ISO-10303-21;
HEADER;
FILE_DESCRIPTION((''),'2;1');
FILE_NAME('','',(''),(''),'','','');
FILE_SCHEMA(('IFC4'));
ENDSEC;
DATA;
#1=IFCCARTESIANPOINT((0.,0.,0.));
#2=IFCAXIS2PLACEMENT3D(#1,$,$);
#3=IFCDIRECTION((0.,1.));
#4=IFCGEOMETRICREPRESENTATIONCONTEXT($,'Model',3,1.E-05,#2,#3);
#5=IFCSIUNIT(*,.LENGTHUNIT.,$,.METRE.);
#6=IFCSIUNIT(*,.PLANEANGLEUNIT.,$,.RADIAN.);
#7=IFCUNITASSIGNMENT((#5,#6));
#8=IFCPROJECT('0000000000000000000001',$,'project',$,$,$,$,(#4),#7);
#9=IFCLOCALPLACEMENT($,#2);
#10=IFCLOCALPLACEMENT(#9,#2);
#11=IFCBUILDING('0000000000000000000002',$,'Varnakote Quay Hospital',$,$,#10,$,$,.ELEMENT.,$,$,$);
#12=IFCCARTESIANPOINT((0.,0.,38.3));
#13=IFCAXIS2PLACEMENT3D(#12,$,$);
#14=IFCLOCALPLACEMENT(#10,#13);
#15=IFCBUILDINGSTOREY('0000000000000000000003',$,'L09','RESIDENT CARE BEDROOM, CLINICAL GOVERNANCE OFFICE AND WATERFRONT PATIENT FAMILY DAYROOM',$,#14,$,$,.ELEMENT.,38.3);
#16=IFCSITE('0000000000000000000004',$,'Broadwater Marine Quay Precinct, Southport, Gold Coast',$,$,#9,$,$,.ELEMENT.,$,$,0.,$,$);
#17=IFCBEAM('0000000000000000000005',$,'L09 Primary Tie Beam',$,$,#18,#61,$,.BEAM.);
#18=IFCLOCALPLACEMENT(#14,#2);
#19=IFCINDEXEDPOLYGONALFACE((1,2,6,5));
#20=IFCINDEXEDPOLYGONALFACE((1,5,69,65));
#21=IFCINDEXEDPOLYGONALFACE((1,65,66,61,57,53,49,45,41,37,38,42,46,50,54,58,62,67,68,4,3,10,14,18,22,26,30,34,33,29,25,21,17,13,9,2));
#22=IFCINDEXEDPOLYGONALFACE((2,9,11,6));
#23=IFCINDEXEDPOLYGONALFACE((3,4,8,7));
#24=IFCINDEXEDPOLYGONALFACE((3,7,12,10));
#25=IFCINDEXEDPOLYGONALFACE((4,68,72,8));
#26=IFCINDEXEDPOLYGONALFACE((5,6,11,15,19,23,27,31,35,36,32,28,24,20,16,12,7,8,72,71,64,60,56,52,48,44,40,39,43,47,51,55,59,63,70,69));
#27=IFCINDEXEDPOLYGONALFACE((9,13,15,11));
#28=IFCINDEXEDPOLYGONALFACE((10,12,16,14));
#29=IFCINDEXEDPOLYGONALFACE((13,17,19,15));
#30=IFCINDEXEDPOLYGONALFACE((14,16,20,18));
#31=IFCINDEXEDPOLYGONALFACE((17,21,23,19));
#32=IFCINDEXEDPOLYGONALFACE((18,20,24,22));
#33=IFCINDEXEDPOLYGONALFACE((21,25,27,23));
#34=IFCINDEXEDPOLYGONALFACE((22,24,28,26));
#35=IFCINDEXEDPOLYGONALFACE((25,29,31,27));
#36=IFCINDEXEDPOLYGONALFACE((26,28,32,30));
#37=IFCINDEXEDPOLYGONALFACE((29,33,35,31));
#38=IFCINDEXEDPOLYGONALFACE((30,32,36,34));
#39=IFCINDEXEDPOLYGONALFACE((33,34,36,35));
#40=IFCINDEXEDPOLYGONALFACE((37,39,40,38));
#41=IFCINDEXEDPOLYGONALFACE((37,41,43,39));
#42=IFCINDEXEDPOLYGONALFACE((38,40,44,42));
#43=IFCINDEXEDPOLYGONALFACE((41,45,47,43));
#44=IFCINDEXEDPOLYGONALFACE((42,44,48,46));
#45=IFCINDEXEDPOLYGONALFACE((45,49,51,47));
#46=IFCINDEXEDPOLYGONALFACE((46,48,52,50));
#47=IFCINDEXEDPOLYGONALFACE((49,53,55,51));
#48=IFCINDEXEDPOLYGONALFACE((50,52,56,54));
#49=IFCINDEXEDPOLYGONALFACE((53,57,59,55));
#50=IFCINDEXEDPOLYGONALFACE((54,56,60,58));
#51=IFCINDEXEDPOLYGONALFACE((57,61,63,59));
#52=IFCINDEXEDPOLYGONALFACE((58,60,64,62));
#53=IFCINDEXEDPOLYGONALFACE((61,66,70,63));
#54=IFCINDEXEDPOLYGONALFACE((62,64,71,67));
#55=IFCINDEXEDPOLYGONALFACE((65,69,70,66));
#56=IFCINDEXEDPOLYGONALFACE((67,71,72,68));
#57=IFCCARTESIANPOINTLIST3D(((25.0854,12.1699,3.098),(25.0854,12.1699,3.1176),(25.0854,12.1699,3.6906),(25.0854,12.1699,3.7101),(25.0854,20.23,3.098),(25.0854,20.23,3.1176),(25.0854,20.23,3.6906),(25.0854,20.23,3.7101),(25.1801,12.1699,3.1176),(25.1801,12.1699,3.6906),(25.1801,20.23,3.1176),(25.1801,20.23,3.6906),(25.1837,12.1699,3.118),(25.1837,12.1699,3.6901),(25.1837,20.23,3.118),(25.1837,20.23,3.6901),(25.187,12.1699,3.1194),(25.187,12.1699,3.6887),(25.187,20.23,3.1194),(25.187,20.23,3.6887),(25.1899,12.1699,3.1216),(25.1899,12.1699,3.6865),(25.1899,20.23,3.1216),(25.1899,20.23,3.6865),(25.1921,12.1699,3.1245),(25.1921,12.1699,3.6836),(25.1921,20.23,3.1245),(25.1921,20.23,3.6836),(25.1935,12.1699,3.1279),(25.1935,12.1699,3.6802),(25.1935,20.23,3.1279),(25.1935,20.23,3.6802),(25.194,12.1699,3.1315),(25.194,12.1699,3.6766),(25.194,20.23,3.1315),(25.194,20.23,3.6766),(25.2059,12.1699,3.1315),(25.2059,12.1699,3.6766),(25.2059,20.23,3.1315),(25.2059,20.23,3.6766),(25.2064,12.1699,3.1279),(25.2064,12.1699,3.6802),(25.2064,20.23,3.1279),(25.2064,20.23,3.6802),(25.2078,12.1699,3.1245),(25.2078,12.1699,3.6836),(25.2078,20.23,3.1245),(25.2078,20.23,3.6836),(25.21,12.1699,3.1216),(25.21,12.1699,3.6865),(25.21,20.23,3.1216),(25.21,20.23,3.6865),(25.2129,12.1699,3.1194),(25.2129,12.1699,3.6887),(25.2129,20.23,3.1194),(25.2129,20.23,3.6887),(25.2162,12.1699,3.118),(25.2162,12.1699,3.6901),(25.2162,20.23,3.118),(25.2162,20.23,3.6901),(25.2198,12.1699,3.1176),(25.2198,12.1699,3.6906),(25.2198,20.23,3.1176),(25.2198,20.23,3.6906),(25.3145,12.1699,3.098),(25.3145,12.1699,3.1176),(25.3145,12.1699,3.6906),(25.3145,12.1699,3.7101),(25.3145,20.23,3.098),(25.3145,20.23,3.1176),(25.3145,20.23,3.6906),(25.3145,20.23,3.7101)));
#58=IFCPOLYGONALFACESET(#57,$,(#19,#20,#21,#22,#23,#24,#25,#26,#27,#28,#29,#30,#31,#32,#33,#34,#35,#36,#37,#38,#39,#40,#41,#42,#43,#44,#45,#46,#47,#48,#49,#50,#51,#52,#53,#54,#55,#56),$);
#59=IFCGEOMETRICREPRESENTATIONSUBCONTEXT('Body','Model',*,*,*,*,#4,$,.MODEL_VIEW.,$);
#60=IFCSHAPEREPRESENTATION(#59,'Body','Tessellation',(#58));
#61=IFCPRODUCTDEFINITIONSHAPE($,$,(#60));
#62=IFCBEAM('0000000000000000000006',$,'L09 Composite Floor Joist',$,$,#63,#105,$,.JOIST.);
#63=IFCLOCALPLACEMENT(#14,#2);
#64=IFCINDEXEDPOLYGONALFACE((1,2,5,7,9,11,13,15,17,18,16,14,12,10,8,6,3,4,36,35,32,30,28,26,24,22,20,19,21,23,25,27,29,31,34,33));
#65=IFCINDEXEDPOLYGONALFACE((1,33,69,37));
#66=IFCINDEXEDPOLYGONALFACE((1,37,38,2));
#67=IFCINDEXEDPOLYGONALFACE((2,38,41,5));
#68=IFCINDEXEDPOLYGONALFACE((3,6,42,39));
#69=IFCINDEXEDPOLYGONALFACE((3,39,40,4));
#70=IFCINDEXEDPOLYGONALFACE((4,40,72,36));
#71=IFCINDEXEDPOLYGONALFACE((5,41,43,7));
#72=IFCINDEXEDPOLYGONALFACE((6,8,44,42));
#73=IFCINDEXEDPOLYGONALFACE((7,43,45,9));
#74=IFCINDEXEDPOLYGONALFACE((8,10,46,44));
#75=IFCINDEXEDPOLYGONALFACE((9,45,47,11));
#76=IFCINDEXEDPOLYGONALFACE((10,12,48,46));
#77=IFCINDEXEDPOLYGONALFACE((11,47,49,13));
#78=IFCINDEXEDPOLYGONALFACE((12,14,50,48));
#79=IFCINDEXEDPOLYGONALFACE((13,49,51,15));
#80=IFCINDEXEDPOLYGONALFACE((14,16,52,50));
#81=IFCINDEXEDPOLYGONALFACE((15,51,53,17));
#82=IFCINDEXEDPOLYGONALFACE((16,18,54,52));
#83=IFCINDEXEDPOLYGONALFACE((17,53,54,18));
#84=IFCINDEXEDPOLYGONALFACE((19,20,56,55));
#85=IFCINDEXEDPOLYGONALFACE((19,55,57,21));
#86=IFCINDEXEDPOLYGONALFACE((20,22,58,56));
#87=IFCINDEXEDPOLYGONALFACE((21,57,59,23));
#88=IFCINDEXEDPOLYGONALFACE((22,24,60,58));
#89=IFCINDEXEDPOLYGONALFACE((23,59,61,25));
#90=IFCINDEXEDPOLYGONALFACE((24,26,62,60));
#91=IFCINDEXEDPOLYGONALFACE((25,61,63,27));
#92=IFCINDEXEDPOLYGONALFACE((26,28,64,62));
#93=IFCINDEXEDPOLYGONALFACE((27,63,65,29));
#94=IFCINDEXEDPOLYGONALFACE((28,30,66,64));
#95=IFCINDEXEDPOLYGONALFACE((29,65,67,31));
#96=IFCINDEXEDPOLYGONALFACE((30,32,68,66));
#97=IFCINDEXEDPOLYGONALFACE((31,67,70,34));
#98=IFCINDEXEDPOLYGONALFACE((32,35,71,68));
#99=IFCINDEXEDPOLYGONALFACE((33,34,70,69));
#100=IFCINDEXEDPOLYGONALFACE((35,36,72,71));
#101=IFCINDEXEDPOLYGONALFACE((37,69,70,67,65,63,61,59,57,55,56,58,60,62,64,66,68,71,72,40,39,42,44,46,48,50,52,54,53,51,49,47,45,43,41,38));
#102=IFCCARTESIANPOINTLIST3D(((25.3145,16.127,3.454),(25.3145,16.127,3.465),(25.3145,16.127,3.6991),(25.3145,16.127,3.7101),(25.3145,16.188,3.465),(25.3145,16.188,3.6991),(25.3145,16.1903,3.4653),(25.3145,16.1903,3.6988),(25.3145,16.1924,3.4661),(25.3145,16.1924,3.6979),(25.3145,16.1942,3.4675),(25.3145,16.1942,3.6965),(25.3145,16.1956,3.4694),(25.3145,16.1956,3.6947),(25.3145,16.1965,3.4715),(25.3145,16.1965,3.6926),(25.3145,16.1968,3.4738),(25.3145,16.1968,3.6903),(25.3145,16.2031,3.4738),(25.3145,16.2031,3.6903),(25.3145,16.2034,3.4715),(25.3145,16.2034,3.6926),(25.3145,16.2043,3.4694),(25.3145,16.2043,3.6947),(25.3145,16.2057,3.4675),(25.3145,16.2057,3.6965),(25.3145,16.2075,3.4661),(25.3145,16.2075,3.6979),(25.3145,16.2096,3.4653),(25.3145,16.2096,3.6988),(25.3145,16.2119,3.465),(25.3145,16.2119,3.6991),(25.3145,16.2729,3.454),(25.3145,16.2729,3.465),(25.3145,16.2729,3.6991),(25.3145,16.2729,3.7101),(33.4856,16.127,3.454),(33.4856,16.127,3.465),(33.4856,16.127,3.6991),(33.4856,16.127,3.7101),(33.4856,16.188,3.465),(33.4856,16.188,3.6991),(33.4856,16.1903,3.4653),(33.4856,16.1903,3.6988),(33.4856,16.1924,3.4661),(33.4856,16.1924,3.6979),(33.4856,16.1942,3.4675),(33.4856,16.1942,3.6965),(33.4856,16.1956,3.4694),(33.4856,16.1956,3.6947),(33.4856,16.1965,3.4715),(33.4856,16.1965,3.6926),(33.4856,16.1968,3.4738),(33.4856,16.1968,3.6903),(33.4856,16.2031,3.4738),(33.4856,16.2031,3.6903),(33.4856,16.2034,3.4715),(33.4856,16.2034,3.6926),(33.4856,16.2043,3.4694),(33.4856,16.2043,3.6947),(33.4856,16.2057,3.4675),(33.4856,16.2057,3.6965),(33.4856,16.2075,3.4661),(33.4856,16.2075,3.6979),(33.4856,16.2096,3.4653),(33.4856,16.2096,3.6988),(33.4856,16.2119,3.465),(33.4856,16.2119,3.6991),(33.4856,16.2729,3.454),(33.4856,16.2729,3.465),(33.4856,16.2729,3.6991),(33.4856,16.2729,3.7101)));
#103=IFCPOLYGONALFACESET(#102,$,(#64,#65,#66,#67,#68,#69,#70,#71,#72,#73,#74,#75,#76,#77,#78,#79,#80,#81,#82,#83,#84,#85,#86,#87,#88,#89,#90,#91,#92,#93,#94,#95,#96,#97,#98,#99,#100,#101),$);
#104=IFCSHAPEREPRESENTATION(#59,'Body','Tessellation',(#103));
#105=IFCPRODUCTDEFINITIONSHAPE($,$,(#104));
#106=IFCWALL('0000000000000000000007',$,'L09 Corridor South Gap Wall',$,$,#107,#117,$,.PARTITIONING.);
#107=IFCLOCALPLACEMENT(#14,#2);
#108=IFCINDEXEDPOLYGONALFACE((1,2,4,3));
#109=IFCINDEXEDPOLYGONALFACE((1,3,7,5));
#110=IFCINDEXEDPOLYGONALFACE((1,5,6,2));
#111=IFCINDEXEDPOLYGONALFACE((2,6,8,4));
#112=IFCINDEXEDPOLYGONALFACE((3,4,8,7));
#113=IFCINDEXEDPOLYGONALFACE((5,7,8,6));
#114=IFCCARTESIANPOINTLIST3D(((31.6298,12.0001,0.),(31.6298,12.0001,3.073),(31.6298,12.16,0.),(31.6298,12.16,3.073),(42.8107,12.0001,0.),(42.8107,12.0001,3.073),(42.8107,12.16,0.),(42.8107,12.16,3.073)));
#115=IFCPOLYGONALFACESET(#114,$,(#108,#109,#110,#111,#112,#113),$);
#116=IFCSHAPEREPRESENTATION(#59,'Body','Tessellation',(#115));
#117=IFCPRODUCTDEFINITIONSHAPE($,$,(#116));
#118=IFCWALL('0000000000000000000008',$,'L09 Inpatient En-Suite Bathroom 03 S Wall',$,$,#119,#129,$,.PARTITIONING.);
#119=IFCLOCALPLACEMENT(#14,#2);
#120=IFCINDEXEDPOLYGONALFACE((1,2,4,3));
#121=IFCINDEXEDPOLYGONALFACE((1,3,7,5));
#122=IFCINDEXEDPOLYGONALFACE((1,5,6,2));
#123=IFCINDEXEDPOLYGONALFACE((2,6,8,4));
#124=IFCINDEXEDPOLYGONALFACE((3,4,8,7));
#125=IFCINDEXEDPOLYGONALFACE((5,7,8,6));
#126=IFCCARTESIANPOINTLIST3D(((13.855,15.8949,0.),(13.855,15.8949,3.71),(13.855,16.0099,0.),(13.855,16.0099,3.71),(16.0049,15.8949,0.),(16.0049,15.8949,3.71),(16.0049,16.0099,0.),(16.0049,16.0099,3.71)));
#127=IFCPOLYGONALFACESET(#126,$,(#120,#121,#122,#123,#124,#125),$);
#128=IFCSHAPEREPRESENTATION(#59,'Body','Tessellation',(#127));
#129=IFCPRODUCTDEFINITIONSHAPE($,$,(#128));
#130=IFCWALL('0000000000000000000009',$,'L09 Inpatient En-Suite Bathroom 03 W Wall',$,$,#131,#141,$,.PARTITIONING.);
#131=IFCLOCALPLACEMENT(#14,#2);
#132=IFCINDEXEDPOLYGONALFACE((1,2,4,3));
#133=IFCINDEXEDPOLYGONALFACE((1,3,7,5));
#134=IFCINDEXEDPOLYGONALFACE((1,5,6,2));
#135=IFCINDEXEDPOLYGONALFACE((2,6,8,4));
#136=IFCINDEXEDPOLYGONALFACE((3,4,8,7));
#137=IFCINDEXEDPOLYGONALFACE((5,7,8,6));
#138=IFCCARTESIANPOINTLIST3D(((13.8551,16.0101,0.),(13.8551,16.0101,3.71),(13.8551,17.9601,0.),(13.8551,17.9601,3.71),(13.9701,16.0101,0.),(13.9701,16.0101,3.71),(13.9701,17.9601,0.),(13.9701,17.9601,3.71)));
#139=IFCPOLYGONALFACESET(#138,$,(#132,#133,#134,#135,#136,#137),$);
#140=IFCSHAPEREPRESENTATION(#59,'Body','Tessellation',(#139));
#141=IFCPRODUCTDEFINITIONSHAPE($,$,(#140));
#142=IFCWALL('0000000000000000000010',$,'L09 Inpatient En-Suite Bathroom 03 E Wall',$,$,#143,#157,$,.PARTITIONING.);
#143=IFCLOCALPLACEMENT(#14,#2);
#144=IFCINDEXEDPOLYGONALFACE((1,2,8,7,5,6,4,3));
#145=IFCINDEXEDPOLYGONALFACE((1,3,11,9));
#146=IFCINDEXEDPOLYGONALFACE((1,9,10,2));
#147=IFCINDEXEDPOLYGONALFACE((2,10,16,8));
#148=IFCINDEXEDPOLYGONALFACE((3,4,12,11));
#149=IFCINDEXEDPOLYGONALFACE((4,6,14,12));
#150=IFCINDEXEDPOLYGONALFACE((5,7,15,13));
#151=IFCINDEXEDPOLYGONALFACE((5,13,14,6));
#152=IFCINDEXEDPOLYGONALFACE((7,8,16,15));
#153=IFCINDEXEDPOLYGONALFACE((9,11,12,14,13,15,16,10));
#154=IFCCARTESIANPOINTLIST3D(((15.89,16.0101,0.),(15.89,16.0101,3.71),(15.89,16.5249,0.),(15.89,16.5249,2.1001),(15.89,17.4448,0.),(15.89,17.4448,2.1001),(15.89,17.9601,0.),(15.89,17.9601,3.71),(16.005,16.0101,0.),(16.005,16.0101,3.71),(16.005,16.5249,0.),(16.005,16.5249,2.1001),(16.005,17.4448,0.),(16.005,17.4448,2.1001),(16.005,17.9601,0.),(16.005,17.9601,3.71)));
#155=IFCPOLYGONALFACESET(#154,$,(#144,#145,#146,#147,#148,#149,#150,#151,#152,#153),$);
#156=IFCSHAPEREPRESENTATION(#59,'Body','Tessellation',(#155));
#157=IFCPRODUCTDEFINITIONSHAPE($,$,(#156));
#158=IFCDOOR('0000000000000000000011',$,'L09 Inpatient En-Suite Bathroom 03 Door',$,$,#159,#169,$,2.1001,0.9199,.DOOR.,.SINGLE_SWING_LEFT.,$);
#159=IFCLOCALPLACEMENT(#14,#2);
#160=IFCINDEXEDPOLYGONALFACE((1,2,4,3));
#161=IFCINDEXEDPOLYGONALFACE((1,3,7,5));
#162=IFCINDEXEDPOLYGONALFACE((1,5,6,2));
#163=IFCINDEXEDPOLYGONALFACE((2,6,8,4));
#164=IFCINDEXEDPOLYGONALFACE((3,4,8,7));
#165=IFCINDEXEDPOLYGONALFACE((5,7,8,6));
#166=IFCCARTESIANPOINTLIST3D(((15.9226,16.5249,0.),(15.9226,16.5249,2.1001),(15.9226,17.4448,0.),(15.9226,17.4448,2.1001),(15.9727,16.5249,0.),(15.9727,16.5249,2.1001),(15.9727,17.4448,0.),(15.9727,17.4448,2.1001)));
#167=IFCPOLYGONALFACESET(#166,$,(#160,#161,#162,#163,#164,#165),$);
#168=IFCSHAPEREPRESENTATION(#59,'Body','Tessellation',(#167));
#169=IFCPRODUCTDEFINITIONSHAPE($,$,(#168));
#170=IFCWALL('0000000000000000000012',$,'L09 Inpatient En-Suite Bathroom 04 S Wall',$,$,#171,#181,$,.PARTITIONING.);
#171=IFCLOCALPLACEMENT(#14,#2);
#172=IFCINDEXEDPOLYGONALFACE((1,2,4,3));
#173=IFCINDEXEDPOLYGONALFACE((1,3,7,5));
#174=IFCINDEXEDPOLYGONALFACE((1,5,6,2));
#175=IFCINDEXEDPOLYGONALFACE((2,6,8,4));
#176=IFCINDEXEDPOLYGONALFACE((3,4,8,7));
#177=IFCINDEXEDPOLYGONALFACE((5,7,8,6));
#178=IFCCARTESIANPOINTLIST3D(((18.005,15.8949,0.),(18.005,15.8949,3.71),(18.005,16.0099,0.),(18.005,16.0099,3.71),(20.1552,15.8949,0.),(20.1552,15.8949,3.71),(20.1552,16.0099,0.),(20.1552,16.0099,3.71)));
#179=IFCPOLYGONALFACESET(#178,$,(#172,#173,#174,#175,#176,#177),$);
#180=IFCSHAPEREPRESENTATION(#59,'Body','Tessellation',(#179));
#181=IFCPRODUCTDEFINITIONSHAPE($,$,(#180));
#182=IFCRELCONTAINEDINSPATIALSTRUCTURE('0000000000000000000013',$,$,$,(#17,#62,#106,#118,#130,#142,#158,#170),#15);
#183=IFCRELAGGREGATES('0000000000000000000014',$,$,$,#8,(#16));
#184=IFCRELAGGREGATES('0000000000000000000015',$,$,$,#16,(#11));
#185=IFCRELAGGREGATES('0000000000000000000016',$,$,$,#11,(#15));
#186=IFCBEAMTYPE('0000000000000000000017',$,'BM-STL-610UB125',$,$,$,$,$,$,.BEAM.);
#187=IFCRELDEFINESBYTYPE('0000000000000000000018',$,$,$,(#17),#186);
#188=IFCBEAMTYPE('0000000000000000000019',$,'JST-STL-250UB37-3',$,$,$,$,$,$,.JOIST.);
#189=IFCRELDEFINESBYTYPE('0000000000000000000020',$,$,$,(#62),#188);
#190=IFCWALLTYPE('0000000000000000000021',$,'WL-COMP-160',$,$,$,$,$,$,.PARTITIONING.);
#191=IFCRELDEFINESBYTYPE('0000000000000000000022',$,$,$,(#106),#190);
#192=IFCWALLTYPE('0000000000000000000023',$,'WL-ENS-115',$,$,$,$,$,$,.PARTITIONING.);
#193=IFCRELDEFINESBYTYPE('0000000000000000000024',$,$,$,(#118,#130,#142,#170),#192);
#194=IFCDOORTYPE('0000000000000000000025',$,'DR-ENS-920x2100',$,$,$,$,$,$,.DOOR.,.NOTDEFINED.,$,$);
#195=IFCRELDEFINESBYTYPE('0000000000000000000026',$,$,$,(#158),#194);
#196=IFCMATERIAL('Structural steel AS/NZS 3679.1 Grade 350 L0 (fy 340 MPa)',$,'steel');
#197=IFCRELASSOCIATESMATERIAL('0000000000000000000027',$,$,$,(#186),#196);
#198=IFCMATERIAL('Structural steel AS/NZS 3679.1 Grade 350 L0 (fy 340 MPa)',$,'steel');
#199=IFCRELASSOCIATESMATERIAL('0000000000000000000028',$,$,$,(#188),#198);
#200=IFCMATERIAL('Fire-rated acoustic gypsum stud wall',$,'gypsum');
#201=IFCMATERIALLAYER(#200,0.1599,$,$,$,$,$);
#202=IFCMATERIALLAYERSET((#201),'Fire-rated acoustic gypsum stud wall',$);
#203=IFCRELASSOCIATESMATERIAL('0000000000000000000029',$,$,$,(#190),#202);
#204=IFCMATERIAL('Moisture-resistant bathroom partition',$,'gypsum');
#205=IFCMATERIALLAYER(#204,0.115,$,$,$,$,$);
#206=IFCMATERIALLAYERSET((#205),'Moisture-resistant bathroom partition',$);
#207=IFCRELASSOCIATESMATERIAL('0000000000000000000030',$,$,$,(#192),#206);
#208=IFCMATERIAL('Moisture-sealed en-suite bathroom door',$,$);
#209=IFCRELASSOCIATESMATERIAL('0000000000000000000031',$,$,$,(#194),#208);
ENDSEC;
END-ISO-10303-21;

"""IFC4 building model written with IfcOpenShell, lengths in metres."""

from ifc_helpers import new_model, si_unit, direction, frame, frame_2d, origin, origin_2d, place, context, subcontext, project, spatial, rectangle, i_section, extrude, material, layer, layer_set, material_profile, profile_set, type_object, element, fill, save


model = new_model("IFC4")

# Units and contexts
model_context = context("Model", 3, precision=1e-05, world=origin(), true_north=direction((0.0, 1.0)))
body_context = subcontext(model_context, "Body", "Model", "MODEL_VIEW")
ifc_project = project(units=[si_unit("LENGTHUNIT", "METRE"), si_unit("PLANEANGLEUNIT", "RADIAN")], contexts=[model_context])

# Site, building, storey
site_placement = place(None, origin())
site = spatial("IfcSite", under=ifc_project, at=site_placement, Name="Broadwater Marine Quay Precinct, Southport, Gold Coast", CompositionType="ELEMENT", RefElevation=0.0)
building_placement = place(site_placement, origin())
building = spatial("IfcBuilding", under=site, at=building_placement, Name="Varnakote Quay Hospital", CompositionType="ELEMENT")
storey_placement = place(building_placement, frame((0.0, 0.0, 38.3)))
storey = spatial("IfcBuildingStorey", under=building, at=storey_placement, Name="L09", Description="RESIDENT CARE BEDROOM, CLINICAL GOVERNANCE OFFICE AND WATERFRONT PATIENT FAMILY DAYROOM", CompositionType="ELEMENT", Elevation=38.3)

# Beams
ifc_material_1 = material(Name="Structural steel AS/NZS 3679.1 Grade 350 L0 (fy 340 MPa)", Category="steel")
ifc_material_profile_1 = material_profile(ifc_material_1, i_section(OverallWidth=0.229, OverallDepth=0.6121, WebThickness=0.012, FlangeThickness=0.0195, FilletRadius=0.0139, at=origin_2d()), Name="610UB125")
ifc_profile_set_1 = profile_set([ifc_material_profile_1], Name="Structural steel AS/NZS 3679.1 Grade 350 L0 (fy 340 MPa)")
beam_type_1 = type_object("IfcBeamType", Name="BM-STL-610UB125", PredefinedType="BEAM", material=ifc_profile_set_1)
beam_1_placement = place(storey_placement, frame((25.2, 12.1699, 3.4041), z_axis=(0.0, 1.0, 0.0), x_axis=(-1.0, 0.0, 0.0)))
element("IfcBeam", 1, at=beam_1_placement, inside=storey, type_object=beam_type_1, Name="L09 Primary Tie Beam", PredefinedType="BEAM", context=body_context, shape_type="SweptSolid", body=[
    extrude(i_section(OverallWidth=0.229, OverallDepth=0.6121, WebThickness=0.012, FlangeThickness=0.0195, FilletRadius=0.0139, at=origin_2d()), origin(), (0.0, 0.0, 1.0), 8.0601),
])
ifc_material_2 = material(Name="Structural steel AS/NZS 3679.1 Grade 350 L0 (fy 340 MPa)", Category="steel")
ifc_material_profile_2 = material_profile(ifc_material_2, i_section(OverallWidth=0.146, OverallDepth=0.2561, WebThickness=0.0063, FlangeThickness=0.011, FilletRadius=0.0088, at=origin_2d()), Name="250UB37.3")
ifc_profile_set_2 = profile_set([ifc_material_profile_2], Name="Structural steel AS/NZS 3679.1 Grade 350 L0 (fy 340 MPa)")
beam_type_2 = type_object("IfcBeamType", Name="JST-STL-250UB37-3", PredefinedType="JOIST", material=ifc_profile_set_2)
beam_2_placement = place(storey_placement, frame((25.3145, 16.2, 3.582), z_axis=(1.0, 0.0, 0.0), x_axis=(0.0, 1.0, 0.0)))
element("IfcBeam", 2, at=beam_2_placement, inside=storey, type_object=beam_type_2, Name="L09 Composite Floor Joist", PredefinedType="JOIST", context=body_context, shape_type="SweptSolid", body=[
    extrude(i_section(OverallWidth=0.146, OverallDepth=0.2561, WebThickness=0.0063, FlangeThickness=0.011, FilletRadius=0.0088, at=origin_2d()), origin(), (0.0, 0.0, 1.0), 8.1711),
])

# Walls
ifc_material_3 = material(Name="Fire-rated acoustic gypsum stud wall", Category="gypsum")
ifc_layer_1 = layer(ifc_material_3, 0.1599)
ifc_layer_set_1 = layer_set([ifc_layer_1], Name="Fire-rated acoustic gypsum stud wall")
wall_type_1 = type_object("IfcWallType", Name="WL-COMP-160", PredefinedType="PARTITIONING", material=ifc_layer_set_1)
wall_1_placement = place(storey_placement, frame((31.6299, 12.0801, 0.0), z_axis=(0.0, 0.0, 1.0), x_axis=(1.0, 0.0, 0.0)))
element("IfcWall", 3, at=wall_1_placement, inside=storey, type_object=wall_type_1, Name="L09 Corridor South Gap Wall", PredefinedType="PARTITIONING", context=body_context, shape_type="SweptSolid", body=[
    extrude(rectangle(XDim=11.1809, YDim=0.1599, at=frame_2d((5.5903, 0.0))), origin(), (0.0, 0.0, 1.0), 3.073),
])
ifc_material_4 = material(Name="Moisture-resistant bathroom partition", Category="gypsum")
ifc_layer_2 = layer(ifc_material_4, 0.115)
ifc_layer_set_2 = layer_set([ifc_layer_2], Name="Moisture-resistant bathroom partition")
wall_type_2 = type_object("IfcWallType", Name="WL-ENS-115", PredefinedType="PARTITIONING", material=ifc_layer_set_2)
wall_2_placement = place(storey_placement, frame((13.855, 15.9524, 0.0), z_axis=(0.0, 0.0, 1.0), x_axis=(1.0, 0.0, 0.0)))
element("IfcWall", 4, at=wall_2_placement, inside=storey, type_object=wall_type_2, Name="L09 Inpatient En-Suite Bathroom 03 S Wall", PredefinedType="PARTITIONING", context=body_context, shape_type="SweptSolid", body=[
    extrude(rectangle(XDim=2.1499, YDim=0.115, at=frame_2d((1.075, 0.0))), origin(), (0.0, 0.0, 1.0), 3.71),
])
wall_3_placement = place(storey_placement, frame((13.9126, 16.01, 0.0), z_axis=(0.0, 0.0, 1.0), x_axis=(0.0, 1.0, 0.0)))
element("IfcWall", 5, at=wall_3_placement, inside=storey, type_object=wall_type_2, Name="L09 Inpatient En-Suite Bathroom 03 W Wall", PredefinedType="PARTITIONING", context=body_context, shape_type="SweptSolid", body=[
    extrude(rectangle(XDim=1.95, YDim=0.115, at=frame_2d((0.9751, 0.0))), origin(), (0.0, 0.0, 1.0), 3.71),
])

# Wall, opening, door
wall_4_placement = place(storey_placement, frame((15.9475, 16.01, 0.0), z_axis=(0.0, 0.0, 1.0), x_axis=(0.0, 1.0, 0.0)))
wall_4 = element("IfcWall", 6, at=wall_4_placement, inside=storey, type_object=wall_type_2, Name="L09 Inpatient En-Suite Bathroom 03 E Wall", PredefinedType="PARTITIONING", context=body_context, shape_type="SweptSolid", body=[
    extrude(rectangle(XDim=1.95, YDim=0.115, at=frame_2d((0.9751, 0.0))), origin(), (0.0, 0.0, 1.0), 3.71),
])
opening_1_placement = place(wall_4_placement, frame((0.5149, 0.0, 0.0)))
opening_1 = element("IfcOpeningElement", 7, at=opening_1_placement, cuts=wall_4, PredefinedType="OPENING", context=body_context, shape_type="SweptSolid", body=[
    extrude(rectangle(XDim=0.9199, YDim=2.1001, at=frame_2d((0.46, 1.05))), frame((0.0, 0.0674, 0.0), z_axis=(0.0, -1.0, 0.0), x_axis=(1.0, 0.0, 0.0)), (0.0, 0.0, 1.0), 0.135),
])
ifc_material_5 = material(Name="Moisture-sealed en-suite bathroom door")
door_type_1 = type_object("IfcDoorType", Name="DR-ENS-920x2100", OperationType="NOTDEFINED", PredefinedType="DOOR", material=ifc_material_5)
door_1_placement = place(opening_1_placement, origin())
door_1 = element("IfcDoor", 8, at=door_1_placement, inside=storey, type_object=door_type_1, Name="L09 Inpatient En-Suite Bathroom 03 Door", OperationType="SINGLE_SWING_LEFT", OverallHeight=2.1001, OverallWidth=0.9199, PredefinedType="DOOR", context=body_context, shape_type="SweptSolid", body=[
    extrude(rectangle(XDim=0.9199, YDim=2.1001, at=frame_2d((0.46, 1.05))), frame((0.0, 0.0249, 0.0), z_axis=(0.0, -1.0, 0.0), x_axis=(1.0, 0.0, 0.0)), (0.0, 0.0, 1.0), 0.05),
])
fill(opening_1, door_1)

# Wall
wall_5_placement = place(storey_placement, frame((18.0049, 15.9524, 0.0), z_axis=(0.0, 0.0, 1.0), x_axis=(1.0, 0.0, 0.0)))
element("IfcWall", 9, at=wall_5_placement, inside=storey, type_object=wall_type_2, Name="L09 Inpatient En-Suite Bathroom 04 S Wall", PredefinedType="PARTITIONING", context=body_context, shape_type="SweptSolid", body=[
    extrude(rectangle(XDim=2.1501, YDim=0.115, at=frame_2d((1.0752, 0.0))), origin(), (0.0, 0.0, 1.0), 3.71),
])

save(model, "model.ifc")
